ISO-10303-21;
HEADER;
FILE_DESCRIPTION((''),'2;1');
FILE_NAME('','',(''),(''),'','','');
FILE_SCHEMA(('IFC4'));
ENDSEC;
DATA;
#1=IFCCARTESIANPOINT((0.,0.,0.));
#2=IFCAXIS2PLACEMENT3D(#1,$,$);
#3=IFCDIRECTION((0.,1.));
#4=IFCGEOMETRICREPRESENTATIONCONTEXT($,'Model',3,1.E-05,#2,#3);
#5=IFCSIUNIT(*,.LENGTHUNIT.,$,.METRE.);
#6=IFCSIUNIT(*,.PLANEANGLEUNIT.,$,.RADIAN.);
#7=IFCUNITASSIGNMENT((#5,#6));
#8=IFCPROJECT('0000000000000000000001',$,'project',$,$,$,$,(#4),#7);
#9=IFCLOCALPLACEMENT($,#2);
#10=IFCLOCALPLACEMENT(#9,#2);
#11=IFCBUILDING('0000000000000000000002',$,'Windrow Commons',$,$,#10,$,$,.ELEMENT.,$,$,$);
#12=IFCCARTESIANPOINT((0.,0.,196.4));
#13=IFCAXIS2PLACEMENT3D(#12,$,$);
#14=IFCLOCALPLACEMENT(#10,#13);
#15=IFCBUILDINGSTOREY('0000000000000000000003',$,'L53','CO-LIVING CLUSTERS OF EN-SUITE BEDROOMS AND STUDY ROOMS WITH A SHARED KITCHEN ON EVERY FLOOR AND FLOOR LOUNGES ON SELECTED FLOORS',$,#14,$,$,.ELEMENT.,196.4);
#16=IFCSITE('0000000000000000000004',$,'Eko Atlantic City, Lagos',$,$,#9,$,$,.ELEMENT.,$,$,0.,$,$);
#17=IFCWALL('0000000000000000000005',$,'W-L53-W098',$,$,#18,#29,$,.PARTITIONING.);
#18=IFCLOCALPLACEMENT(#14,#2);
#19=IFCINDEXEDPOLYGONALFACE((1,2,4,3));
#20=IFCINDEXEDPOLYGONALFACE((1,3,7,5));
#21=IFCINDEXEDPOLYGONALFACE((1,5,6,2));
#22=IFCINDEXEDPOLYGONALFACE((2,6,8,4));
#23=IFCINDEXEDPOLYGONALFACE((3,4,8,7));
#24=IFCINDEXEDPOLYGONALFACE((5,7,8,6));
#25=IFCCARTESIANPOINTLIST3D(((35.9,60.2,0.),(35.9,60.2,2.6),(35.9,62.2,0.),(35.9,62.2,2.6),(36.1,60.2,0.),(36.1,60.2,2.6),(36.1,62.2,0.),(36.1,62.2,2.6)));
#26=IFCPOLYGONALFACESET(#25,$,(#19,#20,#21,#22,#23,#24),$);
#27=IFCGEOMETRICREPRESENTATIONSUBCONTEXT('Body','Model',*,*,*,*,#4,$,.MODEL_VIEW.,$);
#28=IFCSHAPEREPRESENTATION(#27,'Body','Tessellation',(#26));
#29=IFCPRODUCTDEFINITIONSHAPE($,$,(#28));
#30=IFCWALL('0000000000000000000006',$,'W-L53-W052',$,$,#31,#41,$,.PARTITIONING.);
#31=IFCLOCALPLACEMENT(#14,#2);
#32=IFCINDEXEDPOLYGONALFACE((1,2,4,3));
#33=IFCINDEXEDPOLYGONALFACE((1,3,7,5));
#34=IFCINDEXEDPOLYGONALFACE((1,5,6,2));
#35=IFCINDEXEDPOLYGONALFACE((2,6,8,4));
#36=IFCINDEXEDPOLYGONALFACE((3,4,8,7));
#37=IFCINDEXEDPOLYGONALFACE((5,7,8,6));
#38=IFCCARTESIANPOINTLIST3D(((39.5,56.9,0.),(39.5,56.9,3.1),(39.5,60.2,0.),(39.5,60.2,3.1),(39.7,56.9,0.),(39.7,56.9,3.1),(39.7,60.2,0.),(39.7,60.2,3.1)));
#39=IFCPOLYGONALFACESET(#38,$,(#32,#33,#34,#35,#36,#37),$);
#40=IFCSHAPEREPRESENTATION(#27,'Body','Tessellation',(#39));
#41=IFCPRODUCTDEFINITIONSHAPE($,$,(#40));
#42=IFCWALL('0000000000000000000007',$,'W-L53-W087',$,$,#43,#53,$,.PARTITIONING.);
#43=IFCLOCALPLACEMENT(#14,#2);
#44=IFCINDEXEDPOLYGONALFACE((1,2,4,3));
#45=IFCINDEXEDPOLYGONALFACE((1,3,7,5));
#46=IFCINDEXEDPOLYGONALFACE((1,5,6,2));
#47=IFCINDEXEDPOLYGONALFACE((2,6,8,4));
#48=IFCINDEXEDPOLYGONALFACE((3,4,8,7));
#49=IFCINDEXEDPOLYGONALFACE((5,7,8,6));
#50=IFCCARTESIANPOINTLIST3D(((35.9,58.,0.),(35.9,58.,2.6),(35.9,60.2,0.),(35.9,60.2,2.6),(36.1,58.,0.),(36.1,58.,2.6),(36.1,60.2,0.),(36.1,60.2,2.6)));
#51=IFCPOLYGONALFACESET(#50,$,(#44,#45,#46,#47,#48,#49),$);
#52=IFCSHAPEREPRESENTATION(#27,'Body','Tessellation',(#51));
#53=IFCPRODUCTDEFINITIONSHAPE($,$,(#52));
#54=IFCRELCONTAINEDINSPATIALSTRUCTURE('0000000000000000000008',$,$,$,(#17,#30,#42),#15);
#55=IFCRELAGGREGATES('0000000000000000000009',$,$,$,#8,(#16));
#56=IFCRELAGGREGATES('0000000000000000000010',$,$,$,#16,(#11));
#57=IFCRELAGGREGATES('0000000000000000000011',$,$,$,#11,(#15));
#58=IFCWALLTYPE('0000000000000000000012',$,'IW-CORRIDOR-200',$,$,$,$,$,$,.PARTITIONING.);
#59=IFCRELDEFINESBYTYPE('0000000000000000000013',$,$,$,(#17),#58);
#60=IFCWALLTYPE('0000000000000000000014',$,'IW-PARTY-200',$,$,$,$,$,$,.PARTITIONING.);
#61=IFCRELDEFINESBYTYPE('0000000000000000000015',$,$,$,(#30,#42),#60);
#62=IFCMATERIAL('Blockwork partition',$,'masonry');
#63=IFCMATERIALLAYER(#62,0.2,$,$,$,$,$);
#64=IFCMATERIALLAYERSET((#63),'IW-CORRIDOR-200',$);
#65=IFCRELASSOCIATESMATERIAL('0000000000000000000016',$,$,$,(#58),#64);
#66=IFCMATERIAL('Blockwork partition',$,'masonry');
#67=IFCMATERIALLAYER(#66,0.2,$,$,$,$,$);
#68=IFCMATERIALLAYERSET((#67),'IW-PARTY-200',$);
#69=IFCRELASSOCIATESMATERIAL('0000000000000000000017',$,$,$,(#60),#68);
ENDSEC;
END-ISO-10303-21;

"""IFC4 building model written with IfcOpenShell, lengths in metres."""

from ifc_helpers import new_model, si_unit, direction, frame, frame_2d, origin, place, context, subcontext, project, spatial, rectangle, extrude, material, layer, layer_set, type_object, element, save


model = new_model("IFC4")

# Units and contexts
model_context = context("Model", 3, precision=1e-05, world=origin(), true_north=direction((0.0, 1.0)))
body_context = subcontext(model_context, "Body", "Model", "MODEL_VIEW")
ifc_project = project(units=[si_unit("LENGTHUNIT", "METRE"), si_unit("PLANEANGLEUNIT", "RADIAN")], contexts=[model_context])

# Site, building, storey
site_placement = place(None, origin())
site = spatial("IfcSite", under=ifc_project, at=site_placement, Name="Eko Atlantic City, Lagos", CompositionType="ELEMENT", RefElevation=0.0)
building_placement = place(site_placement, origin())
building = spatial("IfcBuilding", under=site, at=building_placement, Name="Windrow Commons", CompositionType="ELEMENT")
storey_placement = place(building_placement, frame((0.0, 0.0, 196.4)))
storey = spatial("IfcBuildingStorey", under=building, at=storey_placement, Name="L53", Description="CO-LIVING CLUSTERS OF EN-SUITE BEDROOMS AND STUDY ROOMS WITH A SHARED KITCHEN ON EVERY FLOOR AND FLOOR LOUNGES ON SELECTED FLOORS", CompositionType="ELEMENT", Elevation=196.4)

# Shared definitions
ifc_material_1 = material(Name="Blockwork partition", Category="masonry")
ifc_layer_1 = layer(ifc_material_1, 0.2)
ifc_layer_set_1 = layer_set([ifc_layer_1], Name="IW-CORRIDOR-200")
wall_type_1 = type_object("IfcWallType", Name="IW-CORRIDOR-200", PredefinedType="PARTITIONING", material=ifc_layer_set_1)

# Walls
wall_1_placement = place(storey_placement, frame((36.0, 60.2, 0.0), z_axis=(0.0, 0.0, 1.0), x_axis=(0.0, 1.0, 0.0)))
element("IfcWall", 1, at=wall_1_placement, inside=storey, type_object=wall_type_1, Name="W-L53-W098", PredefinedType="PARTITIONING", context=body_context, shape_type="SweptSolid", body=[
    extrude(rectangle(XDim=2.0, YDim=0.2, at=frame_2d((1.0, 0.0))), origin(), (0.0, 0.0, 1.0), 2.6),
])
ifc_material_2 = material(Name="Blockwork partition", Category="masonry")
ifc_layer_2 = layer(ifc_material_2, 0.2)
ifc_layer_set_2 = layer_set([ifc_layer_2], Name="IW-PARTY-200")
wall_type_2 = type_object("IfcWallType", Name="IW-PARTY-200", PredefinedType="PARTITIONING", material=ifc_layer_set_2)
wall_2_placement = place(storey_placement, frame((39.6, 56.9, 0.0), z_axis=(0.0, 0.0, 1.0), x_axis=(0.0, 1.0, 0.0)))
element("IfcWall", 2, at=wall_2_placement, inside=storey, type_object=wall_type_2, Name="W-L53-W052", PredefinedType="PARTITIONING", context=body_context, shape_type="SweptSolid", body=[
    extrude(rectangle(XDim=3.3, YDim=0.2, at=frame_2d((1.65, 0.0))), origin(), (0.0, 0.0, 1.0), 3.1),
])
wall_3_placement = place(storey_placement, frame((36.0, 58.0, 0.0), z_axis=(0.0, 0.0, 1.0), x_axis=(0.0, 1.0, 0.0)))
element("IfcWall", 3, at=wall_3_placement, inside=storey, type_object=wall_type_2, Name="W-L53-W087", PredefinedType="PARTITIONING", context=body_context, shape_type="SweptSolid", body=[
    extrude(rectangle(XDim=2.2, YDim=0.2, at=frame_2d((1.1, 0.0))), origin(), (0.0, 0.0, 1.0), 2.6),
])

save(model, "model.ifc")
